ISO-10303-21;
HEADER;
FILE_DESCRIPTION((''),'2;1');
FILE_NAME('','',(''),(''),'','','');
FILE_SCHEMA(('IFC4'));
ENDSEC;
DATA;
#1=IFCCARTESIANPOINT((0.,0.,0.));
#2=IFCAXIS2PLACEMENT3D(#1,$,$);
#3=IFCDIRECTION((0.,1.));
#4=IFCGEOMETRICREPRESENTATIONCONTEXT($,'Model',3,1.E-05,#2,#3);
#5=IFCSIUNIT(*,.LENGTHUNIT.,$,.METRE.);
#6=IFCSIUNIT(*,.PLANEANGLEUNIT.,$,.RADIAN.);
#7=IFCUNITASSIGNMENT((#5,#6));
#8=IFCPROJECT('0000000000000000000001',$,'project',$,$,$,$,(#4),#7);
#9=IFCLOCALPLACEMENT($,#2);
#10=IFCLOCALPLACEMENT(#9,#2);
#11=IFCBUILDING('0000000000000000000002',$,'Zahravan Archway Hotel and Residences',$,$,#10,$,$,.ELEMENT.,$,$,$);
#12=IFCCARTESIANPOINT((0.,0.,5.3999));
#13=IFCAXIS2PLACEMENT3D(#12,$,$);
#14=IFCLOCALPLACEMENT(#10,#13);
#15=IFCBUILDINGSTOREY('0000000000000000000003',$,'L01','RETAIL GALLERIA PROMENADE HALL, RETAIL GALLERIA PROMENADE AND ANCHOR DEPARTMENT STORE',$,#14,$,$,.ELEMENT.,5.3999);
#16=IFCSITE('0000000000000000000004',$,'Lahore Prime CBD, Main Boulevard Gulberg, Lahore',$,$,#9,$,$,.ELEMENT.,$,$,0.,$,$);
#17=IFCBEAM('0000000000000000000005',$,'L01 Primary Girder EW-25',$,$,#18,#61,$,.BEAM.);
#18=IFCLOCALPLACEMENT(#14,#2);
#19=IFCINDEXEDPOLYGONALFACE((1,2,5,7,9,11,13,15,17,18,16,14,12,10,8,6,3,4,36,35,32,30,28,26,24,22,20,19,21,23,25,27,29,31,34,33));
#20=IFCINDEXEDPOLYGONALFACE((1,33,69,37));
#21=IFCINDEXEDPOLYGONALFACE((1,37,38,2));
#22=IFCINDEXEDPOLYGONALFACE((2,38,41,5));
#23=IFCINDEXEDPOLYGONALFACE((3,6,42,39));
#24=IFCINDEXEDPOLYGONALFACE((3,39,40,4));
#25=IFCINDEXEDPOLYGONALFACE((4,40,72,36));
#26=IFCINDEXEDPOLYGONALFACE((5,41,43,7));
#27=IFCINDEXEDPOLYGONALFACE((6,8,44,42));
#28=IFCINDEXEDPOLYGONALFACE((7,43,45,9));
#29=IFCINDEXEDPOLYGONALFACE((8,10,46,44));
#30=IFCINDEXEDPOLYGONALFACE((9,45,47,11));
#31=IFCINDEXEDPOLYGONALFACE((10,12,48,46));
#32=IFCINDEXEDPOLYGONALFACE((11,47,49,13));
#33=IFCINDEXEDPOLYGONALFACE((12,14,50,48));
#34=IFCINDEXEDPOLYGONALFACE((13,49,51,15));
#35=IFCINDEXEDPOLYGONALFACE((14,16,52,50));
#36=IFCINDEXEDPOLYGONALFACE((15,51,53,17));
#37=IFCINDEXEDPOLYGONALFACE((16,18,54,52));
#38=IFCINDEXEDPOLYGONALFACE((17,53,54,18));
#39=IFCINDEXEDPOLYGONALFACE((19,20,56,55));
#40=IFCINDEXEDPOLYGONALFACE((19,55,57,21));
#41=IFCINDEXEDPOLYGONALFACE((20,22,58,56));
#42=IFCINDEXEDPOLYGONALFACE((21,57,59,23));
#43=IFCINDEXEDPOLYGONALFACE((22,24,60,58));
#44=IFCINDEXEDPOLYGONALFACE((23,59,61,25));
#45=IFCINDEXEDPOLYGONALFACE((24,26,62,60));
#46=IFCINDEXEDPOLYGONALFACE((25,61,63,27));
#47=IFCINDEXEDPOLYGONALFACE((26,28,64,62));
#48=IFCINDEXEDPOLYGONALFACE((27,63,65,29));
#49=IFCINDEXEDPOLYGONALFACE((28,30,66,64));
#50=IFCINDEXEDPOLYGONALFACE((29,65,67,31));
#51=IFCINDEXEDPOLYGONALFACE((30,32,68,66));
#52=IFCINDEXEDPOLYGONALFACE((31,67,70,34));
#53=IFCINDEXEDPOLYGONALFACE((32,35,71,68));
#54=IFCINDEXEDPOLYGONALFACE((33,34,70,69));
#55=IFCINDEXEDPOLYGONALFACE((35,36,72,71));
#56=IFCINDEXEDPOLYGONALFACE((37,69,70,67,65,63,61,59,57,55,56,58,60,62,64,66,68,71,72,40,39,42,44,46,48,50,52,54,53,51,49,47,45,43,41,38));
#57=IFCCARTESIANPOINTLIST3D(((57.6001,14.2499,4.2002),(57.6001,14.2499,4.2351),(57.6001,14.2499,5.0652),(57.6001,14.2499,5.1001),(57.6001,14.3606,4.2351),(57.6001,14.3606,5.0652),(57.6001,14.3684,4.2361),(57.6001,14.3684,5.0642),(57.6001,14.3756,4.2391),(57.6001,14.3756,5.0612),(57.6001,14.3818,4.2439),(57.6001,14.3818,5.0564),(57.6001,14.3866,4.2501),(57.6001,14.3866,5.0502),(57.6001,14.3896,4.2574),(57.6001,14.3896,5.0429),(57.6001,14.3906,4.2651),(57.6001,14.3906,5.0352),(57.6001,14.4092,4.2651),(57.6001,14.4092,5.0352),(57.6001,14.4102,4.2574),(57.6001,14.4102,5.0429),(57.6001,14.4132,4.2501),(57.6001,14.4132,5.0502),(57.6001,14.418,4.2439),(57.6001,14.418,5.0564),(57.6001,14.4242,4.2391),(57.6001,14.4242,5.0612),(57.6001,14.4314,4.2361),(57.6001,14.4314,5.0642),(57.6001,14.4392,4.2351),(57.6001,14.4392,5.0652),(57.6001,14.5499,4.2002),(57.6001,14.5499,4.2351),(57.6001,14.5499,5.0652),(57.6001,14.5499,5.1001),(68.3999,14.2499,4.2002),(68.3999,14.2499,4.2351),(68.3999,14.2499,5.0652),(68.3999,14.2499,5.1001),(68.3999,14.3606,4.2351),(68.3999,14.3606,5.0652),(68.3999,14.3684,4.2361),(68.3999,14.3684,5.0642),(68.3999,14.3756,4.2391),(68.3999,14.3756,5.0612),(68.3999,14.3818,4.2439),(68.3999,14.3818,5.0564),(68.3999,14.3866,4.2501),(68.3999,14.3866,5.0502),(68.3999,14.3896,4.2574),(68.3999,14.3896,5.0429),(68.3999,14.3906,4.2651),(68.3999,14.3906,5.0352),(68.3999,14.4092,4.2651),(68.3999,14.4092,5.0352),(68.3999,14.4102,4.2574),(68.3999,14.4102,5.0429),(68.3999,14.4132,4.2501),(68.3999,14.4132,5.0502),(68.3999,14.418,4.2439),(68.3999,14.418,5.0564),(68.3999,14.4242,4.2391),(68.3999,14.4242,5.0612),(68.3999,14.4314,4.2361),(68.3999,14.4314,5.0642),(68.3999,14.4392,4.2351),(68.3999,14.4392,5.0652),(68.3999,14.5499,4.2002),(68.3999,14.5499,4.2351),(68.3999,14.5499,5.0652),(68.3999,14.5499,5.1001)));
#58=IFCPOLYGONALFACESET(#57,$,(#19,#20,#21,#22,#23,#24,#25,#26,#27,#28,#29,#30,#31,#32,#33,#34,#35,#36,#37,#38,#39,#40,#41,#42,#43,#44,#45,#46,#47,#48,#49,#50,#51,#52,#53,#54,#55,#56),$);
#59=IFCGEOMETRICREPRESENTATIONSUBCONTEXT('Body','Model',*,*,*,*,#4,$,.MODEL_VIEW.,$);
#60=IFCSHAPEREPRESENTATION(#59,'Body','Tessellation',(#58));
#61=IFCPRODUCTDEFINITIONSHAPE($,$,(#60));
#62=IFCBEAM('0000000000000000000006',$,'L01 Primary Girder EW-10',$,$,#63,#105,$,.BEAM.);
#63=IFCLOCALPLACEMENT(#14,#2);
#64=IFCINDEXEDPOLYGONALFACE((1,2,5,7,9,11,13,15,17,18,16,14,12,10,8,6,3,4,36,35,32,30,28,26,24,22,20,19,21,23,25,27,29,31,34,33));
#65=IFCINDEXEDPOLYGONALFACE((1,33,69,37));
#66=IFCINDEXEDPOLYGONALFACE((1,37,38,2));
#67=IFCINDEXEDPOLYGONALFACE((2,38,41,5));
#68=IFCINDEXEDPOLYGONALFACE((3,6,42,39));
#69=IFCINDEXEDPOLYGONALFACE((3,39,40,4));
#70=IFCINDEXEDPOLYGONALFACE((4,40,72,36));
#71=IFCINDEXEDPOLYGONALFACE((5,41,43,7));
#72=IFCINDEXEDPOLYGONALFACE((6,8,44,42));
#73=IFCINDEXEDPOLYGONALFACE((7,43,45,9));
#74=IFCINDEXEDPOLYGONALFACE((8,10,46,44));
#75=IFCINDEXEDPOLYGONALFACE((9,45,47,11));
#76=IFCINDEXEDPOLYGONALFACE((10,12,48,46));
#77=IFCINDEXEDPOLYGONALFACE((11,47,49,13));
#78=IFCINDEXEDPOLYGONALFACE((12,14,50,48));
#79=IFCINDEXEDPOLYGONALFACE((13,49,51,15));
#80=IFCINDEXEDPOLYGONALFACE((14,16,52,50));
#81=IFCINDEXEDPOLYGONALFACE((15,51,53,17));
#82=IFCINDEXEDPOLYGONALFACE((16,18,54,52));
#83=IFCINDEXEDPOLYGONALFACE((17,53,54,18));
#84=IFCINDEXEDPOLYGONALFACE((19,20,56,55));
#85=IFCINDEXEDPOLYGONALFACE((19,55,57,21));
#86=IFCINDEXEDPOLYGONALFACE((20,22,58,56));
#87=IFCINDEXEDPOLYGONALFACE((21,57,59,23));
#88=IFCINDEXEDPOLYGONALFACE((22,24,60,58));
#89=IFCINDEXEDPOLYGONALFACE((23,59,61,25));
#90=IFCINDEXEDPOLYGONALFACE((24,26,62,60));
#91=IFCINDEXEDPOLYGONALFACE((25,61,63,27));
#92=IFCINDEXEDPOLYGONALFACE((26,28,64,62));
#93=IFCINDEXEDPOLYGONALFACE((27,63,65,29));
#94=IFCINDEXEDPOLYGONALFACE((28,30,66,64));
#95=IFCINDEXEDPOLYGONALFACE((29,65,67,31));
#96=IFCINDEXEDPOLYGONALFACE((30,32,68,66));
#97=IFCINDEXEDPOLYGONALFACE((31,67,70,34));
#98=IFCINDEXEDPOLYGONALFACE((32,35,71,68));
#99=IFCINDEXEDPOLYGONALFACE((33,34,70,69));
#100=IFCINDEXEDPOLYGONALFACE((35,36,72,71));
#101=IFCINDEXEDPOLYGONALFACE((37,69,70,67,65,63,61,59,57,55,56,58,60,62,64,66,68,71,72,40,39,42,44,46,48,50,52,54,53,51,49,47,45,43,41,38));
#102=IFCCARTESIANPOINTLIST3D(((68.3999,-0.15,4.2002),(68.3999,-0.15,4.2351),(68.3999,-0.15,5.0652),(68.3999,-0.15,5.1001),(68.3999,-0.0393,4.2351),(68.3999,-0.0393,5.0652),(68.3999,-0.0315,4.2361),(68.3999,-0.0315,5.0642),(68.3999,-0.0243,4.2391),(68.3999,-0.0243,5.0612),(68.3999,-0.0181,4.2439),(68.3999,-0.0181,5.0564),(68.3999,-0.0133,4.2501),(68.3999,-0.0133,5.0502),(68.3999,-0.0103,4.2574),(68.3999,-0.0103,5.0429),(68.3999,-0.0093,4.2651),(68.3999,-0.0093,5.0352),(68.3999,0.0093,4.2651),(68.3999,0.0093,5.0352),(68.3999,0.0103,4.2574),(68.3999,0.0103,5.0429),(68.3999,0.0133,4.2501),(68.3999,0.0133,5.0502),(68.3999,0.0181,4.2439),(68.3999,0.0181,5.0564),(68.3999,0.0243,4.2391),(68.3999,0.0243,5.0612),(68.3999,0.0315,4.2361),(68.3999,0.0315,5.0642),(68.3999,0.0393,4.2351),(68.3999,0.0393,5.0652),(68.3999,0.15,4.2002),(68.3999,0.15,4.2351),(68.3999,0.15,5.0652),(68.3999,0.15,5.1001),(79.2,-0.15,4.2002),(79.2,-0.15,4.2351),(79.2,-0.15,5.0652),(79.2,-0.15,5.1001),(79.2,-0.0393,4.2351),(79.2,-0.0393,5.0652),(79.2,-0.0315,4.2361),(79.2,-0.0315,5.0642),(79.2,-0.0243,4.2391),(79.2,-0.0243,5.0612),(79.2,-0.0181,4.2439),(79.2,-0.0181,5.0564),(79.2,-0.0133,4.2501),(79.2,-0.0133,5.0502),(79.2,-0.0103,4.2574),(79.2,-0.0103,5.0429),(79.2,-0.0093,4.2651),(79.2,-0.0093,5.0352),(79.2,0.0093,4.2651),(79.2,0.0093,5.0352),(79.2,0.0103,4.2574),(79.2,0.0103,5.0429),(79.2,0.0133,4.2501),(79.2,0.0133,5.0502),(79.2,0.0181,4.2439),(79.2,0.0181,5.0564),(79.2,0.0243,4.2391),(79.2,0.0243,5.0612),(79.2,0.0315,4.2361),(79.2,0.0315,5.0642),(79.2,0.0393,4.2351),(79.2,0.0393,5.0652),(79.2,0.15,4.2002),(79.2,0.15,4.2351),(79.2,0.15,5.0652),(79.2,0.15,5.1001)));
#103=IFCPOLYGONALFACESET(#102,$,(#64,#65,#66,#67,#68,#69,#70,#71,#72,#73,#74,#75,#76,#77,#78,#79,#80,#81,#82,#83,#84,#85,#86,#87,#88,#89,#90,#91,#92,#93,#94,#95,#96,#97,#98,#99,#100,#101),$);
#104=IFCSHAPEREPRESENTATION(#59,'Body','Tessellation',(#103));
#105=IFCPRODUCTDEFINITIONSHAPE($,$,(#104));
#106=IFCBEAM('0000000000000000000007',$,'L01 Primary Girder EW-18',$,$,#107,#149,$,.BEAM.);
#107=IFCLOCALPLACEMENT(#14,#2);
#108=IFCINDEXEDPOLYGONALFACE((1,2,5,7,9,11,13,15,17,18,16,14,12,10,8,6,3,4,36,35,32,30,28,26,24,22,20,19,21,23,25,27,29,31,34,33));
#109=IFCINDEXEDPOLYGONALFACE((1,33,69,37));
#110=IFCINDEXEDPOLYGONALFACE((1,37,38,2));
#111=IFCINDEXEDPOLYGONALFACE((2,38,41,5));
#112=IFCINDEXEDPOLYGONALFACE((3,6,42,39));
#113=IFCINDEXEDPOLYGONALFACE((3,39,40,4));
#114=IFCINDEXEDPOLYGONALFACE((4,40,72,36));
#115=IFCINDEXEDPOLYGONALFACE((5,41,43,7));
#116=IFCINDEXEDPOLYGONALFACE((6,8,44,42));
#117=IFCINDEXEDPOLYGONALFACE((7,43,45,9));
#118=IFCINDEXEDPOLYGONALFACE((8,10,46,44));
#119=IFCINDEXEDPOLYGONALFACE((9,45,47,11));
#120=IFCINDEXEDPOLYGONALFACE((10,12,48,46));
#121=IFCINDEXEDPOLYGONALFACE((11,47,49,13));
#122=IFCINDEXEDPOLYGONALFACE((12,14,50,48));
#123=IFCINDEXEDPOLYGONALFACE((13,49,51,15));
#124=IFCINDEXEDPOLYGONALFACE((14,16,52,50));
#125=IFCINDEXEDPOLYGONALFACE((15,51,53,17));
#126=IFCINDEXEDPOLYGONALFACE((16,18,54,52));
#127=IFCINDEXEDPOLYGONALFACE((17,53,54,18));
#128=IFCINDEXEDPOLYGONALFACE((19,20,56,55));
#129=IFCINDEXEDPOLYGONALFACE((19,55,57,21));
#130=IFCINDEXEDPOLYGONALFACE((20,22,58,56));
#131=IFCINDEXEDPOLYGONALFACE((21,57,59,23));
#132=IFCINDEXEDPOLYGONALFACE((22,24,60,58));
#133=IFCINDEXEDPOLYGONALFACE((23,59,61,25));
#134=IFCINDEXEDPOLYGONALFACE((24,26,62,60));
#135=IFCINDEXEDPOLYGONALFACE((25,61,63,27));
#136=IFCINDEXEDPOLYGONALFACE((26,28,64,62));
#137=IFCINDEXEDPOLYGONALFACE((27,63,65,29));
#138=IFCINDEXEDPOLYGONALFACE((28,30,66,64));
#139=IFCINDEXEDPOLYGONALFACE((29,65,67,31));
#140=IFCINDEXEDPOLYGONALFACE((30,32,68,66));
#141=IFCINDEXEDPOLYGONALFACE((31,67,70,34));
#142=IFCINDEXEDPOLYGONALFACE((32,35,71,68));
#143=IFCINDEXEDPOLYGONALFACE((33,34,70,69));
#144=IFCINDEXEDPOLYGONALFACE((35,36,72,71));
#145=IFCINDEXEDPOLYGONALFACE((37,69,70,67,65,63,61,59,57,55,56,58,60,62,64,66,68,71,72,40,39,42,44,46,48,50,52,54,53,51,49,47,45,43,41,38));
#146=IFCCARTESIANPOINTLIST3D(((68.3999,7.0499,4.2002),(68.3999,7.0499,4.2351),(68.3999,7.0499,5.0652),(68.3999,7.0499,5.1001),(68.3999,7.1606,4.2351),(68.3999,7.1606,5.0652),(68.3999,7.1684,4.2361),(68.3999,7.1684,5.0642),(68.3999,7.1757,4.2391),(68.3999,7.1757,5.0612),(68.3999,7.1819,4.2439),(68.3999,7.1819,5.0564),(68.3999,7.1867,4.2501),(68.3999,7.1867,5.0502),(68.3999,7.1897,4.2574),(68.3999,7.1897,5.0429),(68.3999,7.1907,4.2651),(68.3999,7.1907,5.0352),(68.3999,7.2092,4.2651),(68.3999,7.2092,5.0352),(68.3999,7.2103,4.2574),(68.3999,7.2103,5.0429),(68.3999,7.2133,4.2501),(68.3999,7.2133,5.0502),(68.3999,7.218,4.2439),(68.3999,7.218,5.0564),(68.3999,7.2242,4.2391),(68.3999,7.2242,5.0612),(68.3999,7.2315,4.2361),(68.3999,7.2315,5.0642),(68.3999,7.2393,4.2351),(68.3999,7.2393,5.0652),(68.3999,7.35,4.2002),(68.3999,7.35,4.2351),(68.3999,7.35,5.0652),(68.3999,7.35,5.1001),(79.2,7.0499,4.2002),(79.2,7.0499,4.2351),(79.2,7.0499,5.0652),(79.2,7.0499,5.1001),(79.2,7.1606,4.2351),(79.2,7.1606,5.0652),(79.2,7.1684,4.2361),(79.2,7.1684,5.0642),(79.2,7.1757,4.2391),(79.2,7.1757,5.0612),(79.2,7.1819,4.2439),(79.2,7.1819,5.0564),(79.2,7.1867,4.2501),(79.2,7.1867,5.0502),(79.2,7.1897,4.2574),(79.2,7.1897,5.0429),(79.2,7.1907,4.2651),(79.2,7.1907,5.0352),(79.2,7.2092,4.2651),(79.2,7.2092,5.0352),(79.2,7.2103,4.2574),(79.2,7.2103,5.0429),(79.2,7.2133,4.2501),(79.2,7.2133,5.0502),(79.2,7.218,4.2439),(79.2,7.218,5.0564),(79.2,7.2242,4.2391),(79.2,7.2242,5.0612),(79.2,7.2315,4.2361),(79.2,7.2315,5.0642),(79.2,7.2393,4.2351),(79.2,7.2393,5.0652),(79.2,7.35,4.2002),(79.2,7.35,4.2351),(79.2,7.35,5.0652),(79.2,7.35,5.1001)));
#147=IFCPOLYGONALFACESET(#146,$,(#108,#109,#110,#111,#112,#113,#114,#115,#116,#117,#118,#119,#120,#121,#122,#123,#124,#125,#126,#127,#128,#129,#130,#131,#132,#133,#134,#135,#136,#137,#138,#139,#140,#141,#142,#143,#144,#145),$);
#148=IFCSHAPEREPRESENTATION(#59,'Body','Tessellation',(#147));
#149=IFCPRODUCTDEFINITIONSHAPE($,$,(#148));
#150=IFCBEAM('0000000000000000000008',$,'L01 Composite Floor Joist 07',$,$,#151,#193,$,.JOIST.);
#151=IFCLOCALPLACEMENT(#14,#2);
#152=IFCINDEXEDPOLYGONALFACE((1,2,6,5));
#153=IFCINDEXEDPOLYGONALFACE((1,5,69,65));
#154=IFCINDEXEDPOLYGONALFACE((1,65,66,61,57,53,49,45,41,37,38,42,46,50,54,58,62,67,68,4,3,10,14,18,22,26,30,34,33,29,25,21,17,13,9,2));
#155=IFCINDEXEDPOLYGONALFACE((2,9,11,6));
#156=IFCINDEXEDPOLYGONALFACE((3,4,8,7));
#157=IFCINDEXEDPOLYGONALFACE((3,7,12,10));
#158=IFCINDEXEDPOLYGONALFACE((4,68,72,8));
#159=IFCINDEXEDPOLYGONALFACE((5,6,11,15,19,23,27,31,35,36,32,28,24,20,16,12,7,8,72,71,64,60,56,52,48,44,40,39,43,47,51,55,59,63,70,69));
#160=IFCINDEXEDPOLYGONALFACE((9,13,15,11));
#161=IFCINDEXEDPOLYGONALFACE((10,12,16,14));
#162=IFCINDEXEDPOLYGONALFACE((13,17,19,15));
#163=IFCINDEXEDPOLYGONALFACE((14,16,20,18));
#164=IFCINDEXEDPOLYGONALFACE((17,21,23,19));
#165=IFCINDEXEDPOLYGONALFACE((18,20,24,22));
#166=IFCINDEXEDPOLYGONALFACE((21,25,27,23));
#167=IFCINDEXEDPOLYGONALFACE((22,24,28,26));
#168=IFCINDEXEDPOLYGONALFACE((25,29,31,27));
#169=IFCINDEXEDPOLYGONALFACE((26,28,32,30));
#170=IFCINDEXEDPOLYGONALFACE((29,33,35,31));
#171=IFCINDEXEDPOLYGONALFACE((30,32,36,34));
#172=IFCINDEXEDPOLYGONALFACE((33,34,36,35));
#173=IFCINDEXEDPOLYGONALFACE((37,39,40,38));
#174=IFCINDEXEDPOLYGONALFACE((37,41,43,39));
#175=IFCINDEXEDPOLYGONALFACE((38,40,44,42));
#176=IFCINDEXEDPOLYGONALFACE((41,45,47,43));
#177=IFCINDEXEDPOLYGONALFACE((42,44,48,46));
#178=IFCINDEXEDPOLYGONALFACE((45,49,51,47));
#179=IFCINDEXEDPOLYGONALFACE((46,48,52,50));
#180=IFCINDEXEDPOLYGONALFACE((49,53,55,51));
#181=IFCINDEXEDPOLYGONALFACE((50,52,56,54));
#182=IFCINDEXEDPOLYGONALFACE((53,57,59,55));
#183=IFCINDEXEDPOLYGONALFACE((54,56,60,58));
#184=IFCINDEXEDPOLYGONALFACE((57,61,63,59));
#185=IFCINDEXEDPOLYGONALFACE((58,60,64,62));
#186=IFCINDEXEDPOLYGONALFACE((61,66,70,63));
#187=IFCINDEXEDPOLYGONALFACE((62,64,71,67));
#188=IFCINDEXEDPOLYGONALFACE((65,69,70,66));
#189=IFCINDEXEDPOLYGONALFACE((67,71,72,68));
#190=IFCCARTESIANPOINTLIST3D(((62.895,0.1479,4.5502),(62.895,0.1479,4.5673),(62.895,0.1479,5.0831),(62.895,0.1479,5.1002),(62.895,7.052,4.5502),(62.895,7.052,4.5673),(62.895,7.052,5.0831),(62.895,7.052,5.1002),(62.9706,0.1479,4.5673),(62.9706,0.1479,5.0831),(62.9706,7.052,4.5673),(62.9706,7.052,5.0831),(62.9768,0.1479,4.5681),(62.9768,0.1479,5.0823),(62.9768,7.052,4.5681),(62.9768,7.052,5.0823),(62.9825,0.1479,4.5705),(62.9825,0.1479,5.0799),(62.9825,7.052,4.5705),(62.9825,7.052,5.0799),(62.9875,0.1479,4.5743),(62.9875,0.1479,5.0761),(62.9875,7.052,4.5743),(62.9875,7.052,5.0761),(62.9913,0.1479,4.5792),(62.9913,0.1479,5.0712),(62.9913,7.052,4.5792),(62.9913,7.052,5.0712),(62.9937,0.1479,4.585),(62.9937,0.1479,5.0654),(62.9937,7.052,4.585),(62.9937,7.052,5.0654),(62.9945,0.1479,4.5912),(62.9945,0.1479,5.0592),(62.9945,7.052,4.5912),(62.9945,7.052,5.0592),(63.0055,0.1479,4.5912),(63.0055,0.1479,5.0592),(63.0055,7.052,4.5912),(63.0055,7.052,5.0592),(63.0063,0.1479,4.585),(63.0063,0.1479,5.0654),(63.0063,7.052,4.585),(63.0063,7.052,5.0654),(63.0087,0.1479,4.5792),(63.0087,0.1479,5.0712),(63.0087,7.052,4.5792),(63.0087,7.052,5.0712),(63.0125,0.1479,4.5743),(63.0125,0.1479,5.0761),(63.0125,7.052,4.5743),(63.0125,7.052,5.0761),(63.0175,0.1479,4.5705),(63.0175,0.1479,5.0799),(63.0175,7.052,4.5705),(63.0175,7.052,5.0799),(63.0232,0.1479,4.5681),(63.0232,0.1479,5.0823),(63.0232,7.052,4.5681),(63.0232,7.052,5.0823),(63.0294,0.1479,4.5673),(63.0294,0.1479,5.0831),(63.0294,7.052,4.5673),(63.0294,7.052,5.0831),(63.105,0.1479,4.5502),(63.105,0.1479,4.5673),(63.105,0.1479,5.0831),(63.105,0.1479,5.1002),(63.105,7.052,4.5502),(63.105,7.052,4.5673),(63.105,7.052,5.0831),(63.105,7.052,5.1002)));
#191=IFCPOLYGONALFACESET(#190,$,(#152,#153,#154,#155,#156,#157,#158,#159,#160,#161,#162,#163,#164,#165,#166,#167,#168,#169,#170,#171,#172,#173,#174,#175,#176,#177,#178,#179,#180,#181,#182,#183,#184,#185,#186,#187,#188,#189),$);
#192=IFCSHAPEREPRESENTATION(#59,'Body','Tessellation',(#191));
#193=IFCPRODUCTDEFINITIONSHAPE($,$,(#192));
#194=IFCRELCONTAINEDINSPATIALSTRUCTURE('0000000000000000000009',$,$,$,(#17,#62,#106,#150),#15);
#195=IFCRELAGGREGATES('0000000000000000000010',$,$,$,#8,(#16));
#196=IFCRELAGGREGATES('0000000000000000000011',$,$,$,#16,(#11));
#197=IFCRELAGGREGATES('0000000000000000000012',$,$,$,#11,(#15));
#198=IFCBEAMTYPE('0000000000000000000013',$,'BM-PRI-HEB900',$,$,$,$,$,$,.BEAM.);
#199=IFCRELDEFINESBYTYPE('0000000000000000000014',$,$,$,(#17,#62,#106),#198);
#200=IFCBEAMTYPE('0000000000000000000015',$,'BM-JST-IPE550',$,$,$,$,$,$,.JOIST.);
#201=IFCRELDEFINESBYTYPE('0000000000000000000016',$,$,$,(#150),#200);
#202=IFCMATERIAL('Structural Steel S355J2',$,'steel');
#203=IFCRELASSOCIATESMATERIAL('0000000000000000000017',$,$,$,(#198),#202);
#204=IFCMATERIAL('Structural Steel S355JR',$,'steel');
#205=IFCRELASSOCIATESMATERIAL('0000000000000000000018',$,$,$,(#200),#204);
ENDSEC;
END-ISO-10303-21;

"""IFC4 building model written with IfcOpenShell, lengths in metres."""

from ifc_helpers import new_model, si_unit, direction, frame, origin, origin_2d, place, context, subcontext, project, spatial, i_section, extrude, source, transform, mapped, material, material_profile, profile_set, type_object, type_shapes, element, save


model = new_model("IFC4")

# Units and contexts
model_context = context("Model", 3, precision=1e-05, world=origin(), true_north=direction((0.0, 1.0)))
body_context = subcontext(model_context, "Body", "Model", "MODEL_VIEW")
ifc_project = project(units=[si_unit("LENGTHUNIT", "METRE"), si_unit("PLANEANGLEUNIT", "RADIAN")], contexts=[model_context])

# Site, building, storey
site_placement = place(None, origin())
site = spatial("IfcSite", under=ifc_project, at=site_placement, Name="Lahore Prime CBD, Main Boulevard Gulberg, Lahore", CompositionType="ELEMENT", RefElevation=0.0)
building_placement = place(site_placement, origin())
building = spatial("IfcBuilding", under=site, at=building_placement, Name="Zahravan Archway Hotel and Residences", CompositionType="ELEMENT")
storey_placement = place(building_placement, frame((0.0, 0.0, 5.3999)))
storey = spatial("IfcBuildingStorey", under=building, at=storey_placement, Name="L01", Description="RETAIL GALLERIA PROMENADE HALL, RETAIL GALLERIA PROMENADE AND ANCHOR DEPARTMENT STORE", CompositionType="ELEMENT", Elevation=5.3999)

# Beams
ifc_material_1 = material(Name="Structural Steel S355J2", Category="steel")
ifc_material_profile_1 = material_profile(ifc_material_1, i_section(OverallWidth=0.3, OverallDepth=0.8999, WebThickness=0.0186, FlangeThickness=0.0349, FilletRadius=0.03, at=origin_2d()), Name="HEB 900", Category="steel")
ifc_profile_set_1 = profile_set([ifc_material_profile_1], Name="Structural Steel S355J2")
beam_type_1 = type_object("IfcBeamType", Name="BM-PRI-HEB900", PredefinedType="BEAM", material=ifc_profile_set_1)
shared_shape_1 = source(origin(), body_context, "Body", "SweptSolid", [
    extrude(i_section(OverallWidth=0.3, OverallDepth=0.8999, WebThickness=0.0186, FlangeThickness=0.0349, FilletRadius=0.03, at=origin_2d()), origin(), (0.0, 0.0, 1.0), 10.7998),
])
for number, where, z_axis, x_axis, name in (
    (1, (57.6001, 14.3999, 4.6501), (1.0, 0.0, 0.0), (0.0, 1.0, 0.0), "L01 Primary Girder EW-25"),
):
    element("IfcBeam", number, at=place(storey_placement, frame(where, z_axis=z_axis, x_axis=x_axis)), inside=storey, type_object=beam_type_1, Name=name, PredefinedType="BEAM", context=body_context, shape_type="MappedRepresentation", body=[
        mapped(shared_shape_1, transform((0.0, 0.0, 0.0), scale=1.0)),
    ])
shared_shape_2 = source(origin(), body_context, "Body", "SweptSolid", [
    extrude(i_section(OverallWidth=0.3, OverallDepth=0.8999, WebThickness=0.0186, FlangeThickness=0.0349, FilletRadius=0.03, at=origin_2d()), origin(), (0.0, 0.0, 1.0), 10.8),
])
for number, where, z_axis, x_axis, name in (
    (2, (68.3999, 0.0, 4.6501), (1.0, 0.0, 0.0), (0.0, 1.0, 0.0), "L01 Primary Girder EW-10"),
    (3, (68.3999, 7.2, 4.6501), (1.0, 0.0, 0.0), (0.0, 1.0, 0.0), "L01 Primary Girder EW-18"),
):
    element("IfcBeam", number, at=place(storey_placement, frame(where, z_axis=z_axis, x_axis=x_axis)), inside=storey, type_object=beam_type_1, Name=name, PredefinedType="BEAM", context=body_context, shape_type="MappedRepresentation", body=[
        mapped(shared_shape_2, transform((0.0, 0.0, 0.0), scale=1.0)),
    ])
ifc_material_2 = material(Name="Structural Steel S355JR", Category="steel")
ifc_material_profile_2 = material_profile(ifc_material_2, i_section(OverallWidth=0.21, OverallDepth=0.55, WebThickness=0.011, FlangeThickness=0.0171, FilletRadius=0.0239, at=origin_2d()), Name="IPE 550", Category="steel")
ifc_profile_set_2 = profile_set([ifc_material_profile_2], Name="Structural Steel S355JR")
beam_type_2 = type_object("IfcBeamType", Name="BM-JST-IPE550", PredefinedType="JOIST", material=ifc_profile_set_2)
shared_shape_3 = source(origin(), body_context, "Body", "SweptSolid", [
    extrude(i_section(OverallWidth=0.21, OverallDepth=0.55, WebThickness=0.011, FlangeThickness=0.0171, FilletRadius=0.0239, at=origin_2d()), origin(), (0.0, 0.0, 1.0), 6.9041),
])
type_shapes(beam_type_2, [shared_shape_3])
for number, where, z_axis, x_axis, name in (
    (4, (63.0, 0.1479, 4.8252), (0.0, 1.0, 0.0), (-1.0, 0.0, 0.0), "L01 Composite Floor Joist 07"),
):
    element("IfcBeam", number, at=place(storey_placement, frame(where, z_axis=z_axis, x_axis=x_axis)), inside=storey, type_object=beam_type_2, Name=name, PredefinedType="JOIST", context=body_context, shape_type="MappedRepresentation", body=[
        mapped(shared_shape_3, transform((0.0, 0.0, 0.0), scale=1.0)),
    ])

save(model, "model.ifc")
